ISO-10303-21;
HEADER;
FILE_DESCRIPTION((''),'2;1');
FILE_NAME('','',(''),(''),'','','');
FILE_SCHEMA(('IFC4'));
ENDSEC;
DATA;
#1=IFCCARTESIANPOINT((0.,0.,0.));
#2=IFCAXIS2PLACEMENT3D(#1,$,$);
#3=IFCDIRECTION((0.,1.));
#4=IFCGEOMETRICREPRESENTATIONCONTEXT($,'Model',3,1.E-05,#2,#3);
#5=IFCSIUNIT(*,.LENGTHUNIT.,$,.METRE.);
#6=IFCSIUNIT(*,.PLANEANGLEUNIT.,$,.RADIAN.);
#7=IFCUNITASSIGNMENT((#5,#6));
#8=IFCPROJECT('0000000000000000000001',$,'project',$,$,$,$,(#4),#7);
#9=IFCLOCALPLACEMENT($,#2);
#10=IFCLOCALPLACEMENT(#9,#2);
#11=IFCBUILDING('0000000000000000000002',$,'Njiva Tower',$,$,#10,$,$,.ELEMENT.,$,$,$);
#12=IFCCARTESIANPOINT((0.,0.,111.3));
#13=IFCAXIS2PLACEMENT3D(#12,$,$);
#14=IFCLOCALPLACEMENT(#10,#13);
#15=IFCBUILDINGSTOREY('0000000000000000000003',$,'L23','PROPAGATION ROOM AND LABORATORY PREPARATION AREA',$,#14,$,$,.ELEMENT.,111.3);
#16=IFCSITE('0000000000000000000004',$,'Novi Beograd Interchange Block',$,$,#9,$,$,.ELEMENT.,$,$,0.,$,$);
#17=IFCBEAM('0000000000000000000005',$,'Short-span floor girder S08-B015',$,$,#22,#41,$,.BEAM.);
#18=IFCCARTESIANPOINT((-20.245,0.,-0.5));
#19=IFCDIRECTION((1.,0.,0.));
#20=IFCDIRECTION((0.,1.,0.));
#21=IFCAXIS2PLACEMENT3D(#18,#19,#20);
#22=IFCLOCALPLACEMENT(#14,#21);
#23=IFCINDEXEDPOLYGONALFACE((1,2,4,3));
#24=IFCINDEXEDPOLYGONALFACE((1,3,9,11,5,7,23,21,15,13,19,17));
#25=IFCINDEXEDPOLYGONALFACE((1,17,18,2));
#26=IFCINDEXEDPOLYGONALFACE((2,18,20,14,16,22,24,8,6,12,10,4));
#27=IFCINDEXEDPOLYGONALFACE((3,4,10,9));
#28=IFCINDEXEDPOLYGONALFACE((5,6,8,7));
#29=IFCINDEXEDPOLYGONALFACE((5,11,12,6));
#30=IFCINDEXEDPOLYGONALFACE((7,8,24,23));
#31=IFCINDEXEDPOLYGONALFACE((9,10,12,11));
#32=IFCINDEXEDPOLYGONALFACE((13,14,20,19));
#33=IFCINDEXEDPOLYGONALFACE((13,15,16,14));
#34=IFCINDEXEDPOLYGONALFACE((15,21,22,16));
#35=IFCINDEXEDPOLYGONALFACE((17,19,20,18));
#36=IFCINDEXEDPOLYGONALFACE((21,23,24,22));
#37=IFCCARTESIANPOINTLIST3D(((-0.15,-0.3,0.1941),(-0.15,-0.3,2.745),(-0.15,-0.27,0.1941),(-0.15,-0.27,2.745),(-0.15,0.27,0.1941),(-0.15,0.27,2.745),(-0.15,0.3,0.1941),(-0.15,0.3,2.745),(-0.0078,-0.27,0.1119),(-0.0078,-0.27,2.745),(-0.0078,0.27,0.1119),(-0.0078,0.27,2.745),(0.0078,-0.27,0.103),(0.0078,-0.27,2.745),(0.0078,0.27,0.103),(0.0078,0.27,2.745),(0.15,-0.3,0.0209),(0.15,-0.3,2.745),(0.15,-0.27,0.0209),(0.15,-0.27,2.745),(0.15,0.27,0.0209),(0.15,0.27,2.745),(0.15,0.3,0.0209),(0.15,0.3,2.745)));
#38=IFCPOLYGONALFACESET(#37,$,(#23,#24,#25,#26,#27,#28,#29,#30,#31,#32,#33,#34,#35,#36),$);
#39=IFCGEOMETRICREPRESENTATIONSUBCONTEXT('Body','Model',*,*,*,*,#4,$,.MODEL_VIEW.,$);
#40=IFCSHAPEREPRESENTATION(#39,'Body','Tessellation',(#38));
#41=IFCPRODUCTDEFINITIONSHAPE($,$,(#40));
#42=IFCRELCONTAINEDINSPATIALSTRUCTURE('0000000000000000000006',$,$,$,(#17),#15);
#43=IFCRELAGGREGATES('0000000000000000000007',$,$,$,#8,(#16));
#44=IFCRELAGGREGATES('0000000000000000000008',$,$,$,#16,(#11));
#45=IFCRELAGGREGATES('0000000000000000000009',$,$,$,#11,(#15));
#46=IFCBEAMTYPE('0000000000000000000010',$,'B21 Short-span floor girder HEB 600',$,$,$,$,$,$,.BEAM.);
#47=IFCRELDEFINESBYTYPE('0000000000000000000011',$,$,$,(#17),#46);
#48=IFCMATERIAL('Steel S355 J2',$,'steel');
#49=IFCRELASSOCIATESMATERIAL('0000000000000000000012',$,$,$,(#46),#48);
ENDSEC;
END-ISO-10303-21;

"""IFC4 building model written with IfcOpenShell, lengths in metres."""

from ifc_helpers import new_model, si_unit, direction, frame, origin, origin_2d, place, context, subcontext, project, spatial, i_section, extrude, clip, halfspace, material, material_profile, profile_set, type_object, element, save


model = new_model("IFC4")

# Units and contexts
model_context = context("Model", 3, precision=1e-05, world=origin(), true_north=direction((0.0, 1.0)))
body_context = subcontext(model_context, "Body", "Model", "MODEL_VIEW")
ifc_project = project(units=[si_unit("LENGTHUNIT", "METRE"), si_unit("PLANEANGLEUNIT", "RADIAN")], contexts=[model_context])

# Site, building, storey
site_placement = place(None, origin())
site = spatial("IfcSite", under=ifc_project, at=site_placement, Name="Novi Beograd Interchange Block", CompositionType="ELEMENT", RefElevation=0.0)
building_placement = place(site_placement, origin())
building = spatial("IfcBuilding", under=site, at=building_placement, Name="Njiva Tower", CompositionType="ELEMENT")
storey_placement = place(building_placement, frame((0.0, 0.0, 111.3)))
storey = spatial("IfcBuildingStorey", under=building, at=storey_placement, Name="L23", Description="PROPAGATION ROOM AND LABORATORY PREPARATION AREA", CompositionType="ELEMENT", Elevation=111.3)

# Shared definitions
ifc_material_1 = material(Name="Steel S355 J2", Category="steel")

# Beam
ifc_material_profile_1 = material_profile(ifc_material_1, i_section(OverallWidth=0.3, OverallDepth=0.6, WebThickness=0.0155, FlangeThickness=0.03, at=origin_2d()), Name="HEB 600")
ifc_profile_set_1 = profile_set([ifc_material_profile_1], Name="Steel S355 J2")
beam_type_1 = type_object("IfcBeamType", Name="B21 Short-span floor girder HEB 600", PredefinedType="BEAM", material=ifc_profile_set_1)
beam_1_placement = place(storey_placement, frame((-20.245, 0.0, -0.5), z_axis=(1.0, 0.0, 0.0), x_axis=(0.0, 1.0, 0.0)))
element("IfcBeam", 1, at=beam_1_placement, inside=storey, type_object=beam_type_1, Name="Short-span floor girder S08-B015", PredefinedType="BEAM", context=body_context, shape_type="Clipping", body=[
    clip(extrude(i_section(OverallWidth=0.3, OverallDepth=0.6, WebThickness=0.0155, FlangeThickness=0.03, at=origin_2d()), origin(), (0.0, 0.0, 1.0), 2.745), halfspace(frame((-0.025, 0.0, 0.1219), z_axis=(-0.499998, 0.0, -0.866027), x_axis=(0.0, -1.0, 0.0)), False)),
])

save(model, "model.ifc")
